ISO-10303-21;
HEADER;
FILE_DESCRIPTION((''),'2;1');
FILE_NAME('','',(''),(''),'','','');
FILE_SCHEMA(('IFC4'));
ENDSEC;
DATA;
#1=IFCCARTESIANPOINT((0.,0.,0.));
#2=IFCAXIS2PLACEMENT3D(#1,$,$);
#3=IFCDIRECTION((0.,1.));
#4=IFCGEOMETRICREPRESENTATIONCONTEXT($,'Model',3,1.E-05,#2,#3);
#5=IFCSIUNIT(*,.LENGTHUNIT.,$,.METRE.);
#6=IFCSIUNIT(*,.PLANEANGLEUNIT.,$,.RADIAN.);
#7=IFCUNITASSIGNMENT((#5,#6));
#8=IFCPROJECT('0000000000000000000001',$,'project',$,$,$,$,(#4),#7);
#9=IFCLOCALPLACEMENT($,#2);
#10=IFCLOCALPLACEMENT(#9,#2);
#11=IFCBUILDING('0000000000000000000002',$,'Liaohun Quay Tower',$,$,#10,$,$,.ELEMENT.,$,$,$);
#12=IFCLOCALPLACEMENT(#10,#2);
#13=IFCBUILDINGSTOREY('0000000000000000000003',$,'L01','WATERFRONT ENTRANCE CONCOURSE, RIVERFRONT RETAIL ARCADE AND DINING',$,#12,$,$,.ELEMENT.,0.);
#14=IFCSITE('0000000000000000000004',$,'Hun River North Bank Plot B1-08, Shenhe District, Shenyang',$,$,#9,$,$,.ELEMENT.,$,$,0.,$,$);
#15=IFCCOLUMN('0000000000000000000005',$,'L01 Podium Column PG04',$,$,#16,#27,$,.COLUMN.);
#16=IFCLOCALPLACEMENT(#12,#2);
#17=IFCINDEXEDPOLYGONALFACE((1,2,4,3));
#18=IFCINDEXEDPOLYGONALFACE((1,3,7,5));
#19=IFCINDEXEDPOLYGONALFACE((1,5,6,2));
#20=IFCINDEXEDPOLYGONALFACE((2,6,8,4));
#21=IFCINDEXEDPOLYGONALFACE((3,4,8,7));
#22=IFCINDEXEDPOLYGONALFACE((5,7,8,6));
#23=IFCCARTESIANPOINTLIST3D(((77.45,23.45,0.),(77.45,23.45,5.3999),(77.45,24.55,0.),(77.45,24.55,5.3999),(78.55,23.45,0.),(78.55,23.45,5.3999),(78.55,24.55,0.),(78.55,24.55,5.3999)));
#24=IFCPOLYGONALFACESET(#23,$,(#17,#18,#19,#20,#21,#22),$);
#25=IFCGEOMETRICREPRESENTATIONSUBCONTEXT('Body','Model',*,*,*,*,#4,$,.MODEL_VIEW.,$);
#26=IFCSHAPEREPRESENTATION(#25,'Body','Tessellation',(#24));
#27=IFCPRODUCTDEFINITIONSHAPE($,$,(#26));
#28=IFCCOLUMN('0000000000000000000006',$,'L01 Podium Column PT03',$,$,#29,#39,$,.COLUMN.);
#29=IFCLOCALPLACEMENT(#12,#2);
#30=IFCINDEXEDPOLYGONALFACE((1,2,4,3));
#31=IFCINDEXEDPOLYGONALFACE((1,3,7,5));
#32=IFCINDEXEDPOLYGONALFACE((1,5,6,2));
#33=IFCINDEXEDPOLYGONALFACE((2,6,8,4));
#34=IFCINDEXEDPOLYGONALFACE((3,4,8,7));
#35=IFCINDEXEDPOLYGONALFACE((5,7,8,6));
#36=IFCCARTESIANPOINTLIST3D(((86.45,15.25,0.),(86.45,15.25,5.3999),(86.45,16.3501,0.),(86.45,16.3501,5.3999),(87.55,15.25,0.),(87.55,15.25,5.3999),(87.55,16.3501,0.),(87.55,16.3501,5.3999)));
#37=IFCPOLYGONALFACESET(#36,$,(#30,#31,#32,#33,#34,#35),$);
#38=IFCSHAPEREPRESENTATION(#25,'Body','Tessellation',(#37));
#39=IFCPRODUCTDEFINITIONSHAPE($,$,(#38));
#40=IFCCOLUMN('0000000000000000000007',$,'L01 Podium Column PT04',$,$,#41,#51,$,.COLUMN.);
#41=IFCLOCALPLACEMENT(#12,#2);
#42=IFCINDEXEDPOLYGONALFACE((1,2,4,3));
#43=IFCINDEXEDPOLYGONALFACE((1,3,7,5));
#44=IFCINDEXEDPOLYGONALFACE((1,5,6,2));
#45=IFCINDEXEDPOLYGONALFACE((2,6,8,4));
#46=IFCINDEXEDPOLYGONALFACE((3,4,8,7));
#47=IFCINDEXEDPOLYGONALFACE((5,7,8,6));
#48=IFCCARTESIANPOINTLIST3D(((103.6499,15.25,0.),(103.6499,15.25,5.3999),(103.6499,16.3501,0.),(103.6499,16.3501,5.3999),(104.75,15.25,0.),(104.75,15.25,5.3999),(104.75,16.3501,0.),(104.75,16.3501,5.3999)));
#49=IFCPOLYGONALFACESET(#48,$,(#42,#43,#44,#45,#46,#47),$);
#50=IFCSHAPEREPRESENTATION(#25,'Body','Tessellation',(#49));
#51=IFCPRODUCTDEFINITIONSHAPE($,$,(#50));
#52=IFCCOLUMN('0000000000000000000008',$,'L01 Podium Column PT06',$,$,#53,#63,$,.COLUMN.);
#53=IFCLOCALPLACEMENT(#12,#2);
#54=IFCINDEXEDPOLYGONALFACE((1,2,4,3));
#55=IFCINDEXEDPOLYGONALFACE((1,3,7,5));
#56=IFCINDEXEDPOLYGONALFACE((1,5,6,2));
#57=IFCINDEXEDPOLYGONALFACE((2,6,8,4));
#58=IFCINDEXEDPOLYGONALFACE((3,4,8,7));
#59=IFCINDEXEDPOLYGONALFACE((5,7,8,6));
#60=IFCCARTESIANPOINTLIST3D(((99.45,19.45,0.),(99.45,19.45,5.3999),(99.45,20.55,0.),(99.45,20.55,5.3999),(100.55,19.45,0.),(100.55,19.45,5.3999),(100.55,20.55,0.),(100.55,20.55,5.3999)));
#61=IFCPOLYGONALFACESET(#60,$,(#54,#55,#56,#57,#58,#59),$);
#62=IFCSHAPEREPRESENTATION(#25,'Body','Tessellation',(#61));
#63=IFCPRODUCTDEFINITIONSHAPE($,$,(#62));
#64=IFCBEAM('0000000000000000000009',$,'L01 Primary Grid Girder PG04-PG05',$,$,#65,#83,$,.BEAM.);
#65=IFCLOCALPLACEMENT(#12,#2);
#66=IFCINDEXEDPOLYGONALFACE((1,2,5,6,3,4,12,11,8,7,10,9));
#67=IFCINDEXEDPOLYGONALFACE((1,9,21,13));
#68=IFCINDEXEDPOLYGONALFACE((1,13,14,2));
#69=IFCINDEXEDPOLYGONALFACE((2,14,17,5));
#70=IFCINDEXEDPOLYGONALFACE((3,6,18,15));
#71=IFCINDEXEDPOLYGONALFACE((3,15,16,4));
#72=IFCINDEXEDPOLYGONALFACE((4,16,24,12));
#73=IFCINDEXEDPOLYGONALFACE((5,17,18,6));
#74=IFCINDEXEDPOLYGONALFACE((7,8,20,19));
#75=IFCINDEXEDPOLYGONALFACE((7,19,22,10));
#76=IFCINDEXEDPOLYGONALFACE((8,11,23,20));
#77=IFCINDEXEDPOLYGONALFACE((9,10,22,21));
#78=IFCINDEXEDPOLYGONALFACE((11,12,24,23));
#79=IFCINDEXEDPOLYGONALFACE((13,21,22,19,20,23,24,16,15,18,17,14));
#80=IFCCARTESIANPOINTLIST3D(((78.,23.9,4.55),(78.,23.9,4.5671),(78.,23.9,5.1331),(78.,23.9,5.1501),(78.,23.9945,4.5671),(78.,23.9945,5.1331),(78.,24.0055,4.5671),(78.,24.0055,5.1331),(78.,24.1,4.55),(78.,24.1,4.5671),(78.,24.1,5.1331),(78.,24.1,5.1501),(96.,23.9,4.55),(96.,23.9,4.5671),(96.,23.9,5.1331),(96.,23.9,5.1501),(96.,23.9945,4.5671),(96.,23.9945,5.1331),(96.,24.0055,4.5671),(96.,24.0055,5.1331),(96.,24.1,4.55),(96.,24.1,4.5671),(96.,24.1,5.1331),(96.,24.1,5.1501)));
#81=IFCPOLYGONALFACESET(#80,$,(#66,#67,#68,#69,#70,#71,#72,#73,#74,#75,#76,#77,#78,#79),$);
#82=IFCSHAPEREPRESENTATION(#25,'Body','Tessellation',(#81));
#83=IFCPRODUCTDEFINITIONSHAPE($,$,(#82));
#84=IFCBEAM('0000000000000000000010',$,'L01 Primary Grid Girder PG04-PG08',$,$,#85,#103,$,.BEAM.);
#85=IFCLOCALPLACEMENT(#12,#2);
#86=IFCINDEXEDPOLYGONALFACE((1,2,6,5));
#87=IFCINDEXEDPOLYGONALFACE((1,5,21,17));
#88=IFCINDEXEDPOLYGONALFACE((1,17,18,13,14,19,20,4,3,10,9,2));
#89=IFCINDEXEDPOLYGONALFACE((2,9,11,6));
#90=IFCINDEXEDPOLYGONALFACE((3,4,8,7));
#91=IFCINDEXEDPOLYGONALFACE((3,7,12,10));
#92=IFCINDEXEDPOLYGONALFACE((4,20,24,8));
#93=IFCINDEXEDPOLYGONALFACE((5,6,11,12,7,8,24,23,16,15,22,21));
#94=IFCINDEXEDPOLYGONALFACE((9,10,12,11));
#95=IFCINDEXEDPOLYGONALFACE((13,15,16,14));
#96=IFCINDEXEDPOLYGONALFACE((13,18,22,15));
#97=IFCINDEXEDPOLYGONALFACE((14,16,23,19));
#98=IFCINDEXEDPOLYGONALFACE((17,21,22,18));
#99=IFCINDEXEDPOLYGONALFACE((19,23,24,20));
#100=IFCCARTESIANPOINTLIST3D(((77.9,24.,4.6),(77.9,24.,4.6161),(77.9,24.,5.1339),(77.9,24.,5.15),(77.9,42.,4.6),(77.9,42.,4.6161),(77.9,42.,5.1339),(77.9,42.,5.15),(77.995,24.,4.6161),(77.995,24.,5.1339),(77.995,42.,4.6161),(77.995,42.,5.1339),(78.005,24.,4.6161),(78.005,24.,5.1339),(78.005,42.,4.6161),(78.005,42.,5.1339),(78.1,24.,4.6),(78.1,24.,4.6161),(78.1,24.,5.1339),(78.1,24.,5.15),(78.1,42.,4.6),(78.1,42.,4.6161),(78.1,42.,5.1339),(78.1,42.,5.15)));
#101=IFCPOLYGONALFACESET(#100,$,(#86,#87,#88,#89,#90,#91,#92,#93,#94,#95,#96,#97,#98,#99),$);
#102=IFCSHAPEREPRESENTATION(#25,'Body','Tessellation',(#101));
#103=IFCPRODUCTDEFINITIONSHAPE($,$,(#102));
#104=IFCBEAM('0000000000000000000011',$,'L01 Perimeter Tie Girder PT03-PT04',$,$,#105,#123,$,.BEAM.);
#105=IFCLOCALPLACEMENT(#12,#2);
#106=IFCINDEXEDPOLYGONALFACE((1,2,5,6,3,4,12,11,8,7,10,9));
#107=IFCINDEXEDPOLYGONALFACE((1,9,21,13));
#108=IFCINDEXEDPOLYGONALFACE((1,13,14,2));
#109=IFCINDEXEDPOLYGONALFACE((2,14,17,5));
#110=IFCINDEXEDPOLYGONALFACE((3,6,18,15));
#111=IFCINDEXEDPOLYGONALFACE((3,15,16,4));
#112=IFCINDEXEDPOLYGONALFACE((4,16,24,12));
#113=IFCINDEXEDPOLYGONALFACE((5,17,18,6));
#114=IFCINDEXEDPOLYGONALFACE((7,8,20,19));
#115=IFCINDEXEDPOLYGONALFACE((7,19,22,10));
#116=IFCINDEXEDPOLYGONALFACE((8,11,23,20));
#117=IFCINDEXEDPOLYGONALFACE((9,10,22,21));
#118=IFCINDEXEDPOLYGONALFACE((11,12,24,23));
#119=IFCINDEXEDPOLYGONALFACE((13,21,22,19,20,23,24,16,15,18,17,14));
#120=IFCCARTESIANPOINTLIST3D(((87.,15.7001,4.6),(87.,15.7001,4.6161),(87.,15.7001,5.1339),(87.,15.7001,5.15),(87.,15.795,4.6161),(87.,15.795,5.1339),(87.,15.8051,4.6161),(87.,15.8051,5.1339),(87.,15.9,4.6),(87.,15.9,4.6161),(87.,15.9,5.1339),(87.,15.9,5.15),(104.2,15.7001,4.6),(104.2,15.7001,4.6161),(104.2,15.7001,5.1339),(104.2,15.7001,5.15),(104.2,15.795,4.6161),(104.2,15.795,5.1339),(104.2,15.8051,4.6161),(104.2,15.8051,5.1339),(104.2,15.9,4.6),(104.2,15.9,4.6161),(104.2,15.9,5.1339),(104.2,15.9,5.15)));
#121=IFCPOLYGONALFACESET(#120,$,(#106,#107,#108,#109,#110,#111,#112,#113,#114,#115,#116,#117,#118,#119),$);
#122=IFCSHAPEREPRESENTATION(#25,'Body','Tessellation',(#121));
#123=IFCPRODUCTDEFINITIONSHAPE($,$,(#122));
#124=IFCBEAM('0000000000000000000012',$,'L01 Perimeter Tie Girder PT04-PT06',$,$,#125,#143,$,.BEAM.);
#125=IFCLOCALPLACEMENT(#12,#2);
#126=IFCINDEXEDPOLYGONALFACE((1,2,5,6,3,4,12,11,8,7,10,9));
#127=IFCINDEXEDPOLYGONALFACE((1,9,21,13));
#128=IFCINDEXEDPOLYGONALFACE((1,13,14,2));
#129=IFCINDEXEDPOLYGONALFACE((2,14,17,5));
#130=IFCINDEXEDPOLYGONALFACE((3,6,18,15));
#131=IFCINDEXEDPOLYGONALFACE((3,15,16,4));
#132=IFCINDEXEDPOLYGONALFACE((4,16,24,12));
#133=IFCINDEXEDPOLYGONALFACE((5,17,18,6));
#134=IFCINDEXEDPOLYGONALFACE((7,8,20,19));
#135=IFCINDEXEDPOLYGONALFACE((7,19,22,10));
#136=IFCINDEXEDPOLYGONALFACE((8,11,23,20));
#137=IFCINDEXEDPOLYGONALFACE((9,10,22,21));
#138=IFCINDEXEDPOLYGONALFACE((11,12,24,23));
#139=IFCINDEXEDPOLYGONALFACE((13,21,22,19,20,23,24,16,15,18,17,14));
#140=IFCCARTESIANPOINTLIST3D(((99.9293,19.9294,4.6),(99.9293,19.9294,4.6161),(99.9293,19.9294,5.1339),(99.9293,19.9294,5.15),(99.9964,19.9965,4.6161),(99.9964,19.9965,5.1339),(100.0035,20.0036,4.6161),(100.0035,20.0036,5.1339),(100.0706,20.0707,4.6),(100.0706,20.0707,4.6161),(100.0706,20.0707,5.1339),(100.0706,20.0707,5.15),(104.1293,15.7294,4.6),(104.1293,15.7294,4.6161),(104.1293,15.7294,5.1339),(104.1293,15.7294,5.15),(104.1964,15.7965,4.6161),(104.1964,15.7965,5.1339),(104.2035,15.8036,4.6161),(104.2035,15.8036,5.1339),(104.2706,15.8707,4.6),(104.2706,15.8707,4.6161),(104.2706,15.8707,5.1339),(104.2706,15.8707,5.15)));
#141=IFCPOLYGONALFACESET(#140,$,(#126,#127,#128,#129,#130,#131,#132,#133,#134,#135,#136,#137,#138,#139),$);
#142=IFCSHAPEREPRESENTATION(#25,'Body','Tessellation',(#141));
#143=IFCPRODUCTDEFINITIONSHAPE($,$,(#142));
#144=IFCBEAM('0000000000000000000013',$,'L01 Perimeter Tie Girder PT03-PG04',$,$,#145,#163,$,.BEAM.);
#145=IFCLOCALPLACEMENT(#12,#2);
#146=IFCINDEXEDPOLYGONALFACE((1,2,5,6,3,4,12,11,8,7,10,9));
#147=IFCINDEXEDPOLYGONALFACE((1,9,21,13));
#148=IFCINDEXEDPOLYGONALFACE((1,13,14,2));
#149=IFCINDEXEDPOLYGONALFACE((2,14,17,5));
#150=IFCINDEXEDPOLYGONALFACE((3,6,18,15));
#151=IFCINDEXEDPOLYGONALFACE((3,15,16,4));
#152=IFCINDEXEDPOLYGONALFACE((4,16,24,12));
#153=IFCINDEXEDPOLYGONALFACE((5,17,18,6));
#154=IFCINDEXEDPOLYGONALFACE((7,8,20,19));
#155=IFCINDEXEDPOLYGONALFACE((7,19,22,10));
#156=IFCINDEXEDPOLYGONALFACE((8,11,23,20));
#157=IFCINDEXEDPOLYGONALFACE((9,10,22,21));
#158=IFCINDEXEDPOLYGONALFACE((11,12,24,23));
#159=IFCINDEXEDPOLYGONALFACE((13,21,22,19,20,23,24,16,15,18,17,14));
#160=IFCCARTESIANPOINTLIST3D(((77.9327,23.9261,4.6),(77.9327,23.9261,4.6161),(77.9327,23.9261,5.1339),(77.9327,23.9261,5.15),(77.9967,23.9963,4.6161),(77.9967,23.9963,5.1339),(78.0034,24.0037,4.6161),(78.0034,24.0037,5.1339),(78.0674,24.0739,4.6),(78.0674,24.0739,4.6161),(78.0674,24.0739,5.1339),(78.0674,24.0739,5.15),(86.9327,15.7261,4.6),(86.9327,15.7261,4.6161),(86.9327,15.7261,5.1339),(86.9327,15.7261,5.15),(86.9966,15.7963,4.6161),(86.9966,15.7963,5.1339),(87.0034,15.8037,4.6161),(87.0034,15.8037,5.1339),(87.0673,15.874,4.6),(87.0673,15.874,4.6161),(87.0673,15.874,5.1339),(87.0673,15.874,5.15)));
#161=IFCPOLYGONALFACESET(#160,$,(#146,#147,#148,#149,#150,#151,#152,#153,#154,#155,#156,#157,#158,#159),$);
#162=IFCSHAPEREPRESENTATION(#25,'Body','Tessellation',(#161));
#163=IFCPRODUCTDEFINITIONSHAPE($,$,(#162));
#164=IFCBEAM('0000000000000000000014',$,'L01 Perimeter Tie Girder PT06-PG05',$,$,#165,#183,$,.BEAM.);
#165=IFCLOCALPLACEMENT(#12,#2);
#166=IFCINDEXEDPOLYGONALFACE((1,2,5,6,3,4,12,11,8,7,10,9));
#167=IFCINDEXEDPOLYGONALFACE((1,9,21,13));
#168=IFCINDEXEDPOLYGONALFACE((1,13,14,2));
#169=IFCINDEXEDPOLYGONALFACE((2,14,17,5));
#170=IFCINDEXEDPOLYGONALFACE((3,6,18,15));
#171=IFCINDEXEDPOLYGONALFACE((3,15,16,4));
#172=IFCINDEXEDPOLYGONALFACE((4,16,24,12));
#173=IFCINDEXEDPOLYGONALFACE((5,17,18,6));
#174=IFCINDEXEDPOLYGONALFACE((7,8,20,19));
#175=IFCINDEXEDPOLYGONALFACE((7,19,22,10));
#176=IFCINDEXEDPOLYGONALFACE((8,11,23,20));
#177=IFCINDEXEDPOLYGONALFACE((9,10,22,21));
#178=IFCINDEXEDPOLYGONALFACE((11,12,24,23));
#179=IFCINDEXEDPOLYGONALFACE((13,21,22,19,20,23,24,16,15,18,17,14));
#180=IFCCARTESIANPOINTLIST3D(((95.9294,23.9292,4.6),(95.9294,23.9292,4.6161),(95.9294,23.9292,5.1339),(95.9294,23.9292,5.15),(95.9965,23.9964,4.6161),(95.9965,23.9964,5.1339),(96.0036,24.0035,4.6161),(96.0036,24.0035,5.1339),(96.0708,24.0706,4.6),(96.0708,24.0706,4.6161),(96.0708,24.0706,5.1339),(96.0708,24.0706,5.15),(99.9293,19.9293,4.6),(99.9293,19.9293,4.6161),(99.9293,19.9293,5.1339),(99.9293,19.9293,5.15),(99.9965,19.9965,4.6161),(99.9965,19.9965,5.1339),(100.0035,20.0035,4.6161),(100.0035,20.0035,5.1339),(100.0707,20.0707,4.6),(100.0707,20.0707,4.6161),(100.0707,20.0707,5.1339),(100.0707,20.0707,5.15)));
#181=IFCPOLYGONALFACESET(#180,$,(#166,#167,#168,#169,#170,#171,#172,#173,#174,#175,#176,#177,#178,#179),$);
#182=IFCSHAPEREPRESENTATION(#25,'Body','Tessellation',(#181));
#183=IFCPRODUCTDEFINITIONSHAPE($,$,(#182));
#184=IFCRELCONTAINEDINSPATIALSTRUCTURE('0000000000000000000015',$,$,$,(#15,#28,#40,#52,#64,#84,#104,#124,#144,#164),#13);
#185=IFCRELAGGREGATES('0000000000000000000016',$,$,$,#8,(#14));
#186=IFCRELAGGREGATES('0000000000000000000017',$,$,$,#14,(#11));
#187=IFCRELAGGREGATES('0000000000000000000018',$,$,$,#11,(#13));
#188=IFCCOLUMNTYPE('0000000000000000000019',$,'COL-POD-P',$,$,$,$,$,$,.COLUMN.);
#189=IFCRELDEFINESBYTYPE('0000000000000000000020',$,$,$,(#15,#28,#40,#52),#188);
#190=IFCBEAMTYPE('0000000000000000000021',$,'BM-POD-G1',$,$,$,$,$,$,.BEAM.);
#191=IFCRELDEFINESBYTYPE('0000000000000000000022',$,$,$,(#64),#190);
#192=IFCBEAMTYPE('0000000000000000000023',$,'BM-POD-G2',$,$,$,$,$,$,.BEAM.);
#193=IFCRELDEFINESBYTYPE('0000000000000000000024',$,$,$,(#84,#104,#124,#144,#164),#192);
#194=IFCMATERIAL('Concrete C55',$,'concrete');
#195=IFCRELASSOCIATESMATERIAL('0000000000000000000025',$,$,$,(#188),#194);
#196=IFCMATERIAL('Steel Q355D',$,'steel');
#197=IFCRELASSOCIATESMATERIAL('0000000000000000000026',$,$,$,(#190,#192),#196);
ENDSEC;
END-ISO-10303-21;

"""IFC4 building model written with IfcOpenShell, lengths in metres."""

from ifc_helpers import new_model, si_unit, direction, frame, origin, origin_2d, place, context, subcontext, project, spatial, rectangle, i_section, extrude, source, transform, mapped, material, material_profile, profile_set, type_object, element, save


model = new_model("IFC4")

# Units and contexts
model_context = context("Model", 3, precision=1e-05, world=origin(), true_north=direction((0.0, 1.0)))
body_context = subcontext(model_context, "Body", "Model", "MODEL_VIEW")
ifc_project = project(units=[si_unit("LENGTHUNIT", "METRE"), si_unit("PLANEANGLEUNIT", "RADIAN")], contexts=[model_context])

# Site, building, storey
site_placement = place(None, origin())
site = spatial("IfcSite", under=ifc_project, at=site_placement, Name="Hun River North Bank Plot B1-08, Shenhe District, Shenyang", CompositionType="ELEMENT", RefElevation=0.0)
building_placement = place(site_placement, origin())
building = spatial("IfcBuilding", under=site, at=building_placement, Name="Liaohun Quay Tower", CompositionType="ELEMENT")
storey_placement = place(building_placement, origin())
storey = spatial("IfcBuildingStorey", under=building, at=storey_placement, Name="L01", Description="WATERFRONT ENTRANCE CONCOURSE, RIVERFRONT RETAIL ARCADE AND DINING", CompositionType="ELEMENT", Elevation=0.0)

# Columns
ifc_material_1 = material(Name="Concrete C55", Category="concrete")
ifc_material_profile_1 = material_profile(ifc_material_1, rectangle(XDim=1.1001, YDim=1.1001, at=origin_2d()), Name="RC1100x1100")
ifc_profile_set_1 = profile_set([ifc_material_profile_1], Name="Concrete C55")
column_type = type_object("IfcColumnType", Name="COL-POD-P", PredefinedType="COLUMN", material=ifc_profile_set_1)
shared_shape_1 = source(origin(), body_context, "Body", "SweptSolid", [
    extrude(rectangle(XDim=1.1001, YDim=1.1001, at=origin_2d()), origin(), (0.0, 0.0, 1.0), 5.3999),
])
for number, where, z_axis, x_axis, name in (
    (1, (78.0, 24.0, 0.0), (0.0, 0.0, 1.0), (1.0, 0.0, 0.0), "L01 Podium Column PG04"),
    (2, (87.0, 15.8, 0.0), (0.0, 0.0, 1.0), (1.0, 0.0, 0.0), "L01 Podium Column PT03"),
    (3, (104.2, 15.8, 0.0), (0.0, 0.0, 1.0), (1.0, 0.0, 0.0), "L01 Podium Column PT04"),
    (4, (100.0, 20.0, 0.0), (0.0, 0.0, 1.0), (1.0, 0.0, 0.0), "L01 Podium Column PT06"),
):
    element("IfcColumn", number, at=place(storey_placement, frame(where, z_axis=z_axis, x_axis=x_axis)), inside=storey, type_object=column_type, Name=name, PredefinedType="COLUMN", context=body_context, shape_type="MappedRepresentation", body=[
        mapped(shared_shape_1, transform((0.0, 0.0, 0.0), x_axis=(1.0, 0.0, 0.0), y_axis=(0.0, 1.0, 0.0), z_axis=(0.0, 0.0, 1.0), scale=1.0)),
    ])

# Beams
ifc_material_2 = material(Name="Steel Q355D", Category="steel")
ifc_material_profile_2 = material_profile(ifc_material_2, i_section(OverallWidth=0.2, OverallDepth=0.6001, WebThickness=0.011, FlangeThickness=0.0171, at=origin_2d()), Name="HN600x200x11x17")
ifc_profile_set_2 = profile_set([ifc_material_profile_2], Name="Steel Q355D")
beam_type_1 = type_object("IfcBeamType", Name="BM-POD-G1", PredefinedType="BEAM", material=ifc_profile_set_2)
shared_shape_2 = source(origin(), body_context, "Body", "SweptSolid", [
    extrude(i_section(OverallWidth=0.2, OverallDepth=0.6001, WebThickness=0.011, FlangeThickness=0.0171, at=origin_2d()), origin(), (0.0, 0.0, 1.0), 18.0),
])
beam_1_placement = place(storey_placement, frame((78.0, 24.0, 4.8501), z_axis=(1.0, 0.0, 0.0), x_axis=(0.0, 1.0, 0.0)))
element("IfcBeam", 5, at=beam_1_placement, inside=storey, type_object=beam_type_1, Name="L01 Primary Grid Girder PG04-PG05", PredefinedType="BEAM", context=body_context, shape_type="MappedRepresentation", body=[
    mapped(shared_shape_2, transform((0.0, 0.0, 0.0), x_axis=(1.0, 0.0, 0.0), y_axis=(0.0, 1.0, 0.0), z_axis=(0.0, 0.0, 1.0), scale=1.0)),
])
ifc_material_profile_3 = material_profile(ifc_material_2, i_section(OverallWidth=0.2, OverallDepth=0.55, WebThickness=0.01, FlangeThickness=0.0161, at=origin_2d()), Name="HN550x200x10x16")
ifc_profile_set_3 = profile_set([ifc_material_profile_3], Name="Steel Q355D")
beam_type_2 = type_object("IfcBeamType", Name="BM-POD-G2", PredefinedType="BEAM", material=ifc_profile_set_3)
shared_shape_3 = source(origin(), body_context, "Body", "SweptSolid", [
    extrude(i_section(OverallWidth=0.2, OverallDepth=0.55, WebThickness=0.01, FlangeThickness=0.0161, at=origin_2d()), origin(), (0.0, 0.0, 1.0), 18.0),
])
beam_2_placement = place(storey_placement, frame((78.0, 24.0, 4.875), z_axis=(0.0, 1.0, 0.0), x_axis=(-1.0, 0.0, 0.0)))
element("IfcBeam", 6, at=beam_2_placement, inside=storey, type_object=beam_type_2, Name="L01 Primary Grid Girder PG04-PG08", PredefinedType="BEAM", context=body_context, shape_type="MappedRepresentation", body=[
    mapped(shared_shape_3, transform((0.0, 0.0, 0.0), x_axis=(1.0, 0.0, 0.0), y_axis=(0.0, 1.0, 0.0), z_axis=(0.0, 0.0, 1.0), scale=1.0)),
])
shared_shape_4 = source(origin(), body_context, "Body", "SweptSolid", [
    extrude(i_section(OverallWidth=0.2, OverallDepth=0.55, WebThickness=0.01, FlangeThickness=0.0161, at=origin_2d()), origin(), (0.0, 0.0, 1.0), 17.2),
])
beam_3_placement = place(storey_placement, frame((87.0, 15.8, 4.875), z_axis=(1.0, 0.0, 0.0), x_axis=(0.0, 1.0, 0.0)))
element("IfcBeam", 7, at=beam_3_placement, inside=storey, type_object=beam_type_2, Name="L01 Perimeter Tie Girder PT03-PT04", PredefinedType="BEAM", context=body_context, shape_type="MappedRepresentation", body=[
    mapped(shared_shape_4, transform((0.0, 0.0, 0.0), x_axis=(1.0, 0.0, 0.0), y_axis=(0.0, 1.0, 0.0), z_axis=(0.0, 0.0, 1.0), scale=1.0)),
])
shared_shape_5 = source(origin(), body_context, "Body", "SweptSolid", [
    extrude(i_section(OverallWidth=0.2, OverallDepth=0.55, WebThickness=0.01, FlangeThickness=0.0161, at=origin_2d()), origin(), (0.0, 0.0, 1.0), 5.9397),
])
beam_4_placement = place(storey_placement, frame((104.2, 15.8, 4.875), z_axis=(-0.707107, 0.707107, 0.0), x_axis=(-0.707107, -0.707107, 0.0)))
element("IfcBeam", 8, at=beam_4_placement, inside=storey, type_object=beam_type_2, Name="L01 Perimeter Tie Girder PT04-PT06", PredefinedType="BEAM", context=body_context, shape_type="MappedRepresentation", body=[
    mapped(shared_shape_5, transform((0.0, 0.0, 0.0), x_axis=(1.0, 0.0, 0.0), y_axis=(0.0, 1.0, 0.0), z_axis=(0.0, 0.0, 1.0), scale=1.0)),
])
shared_shape_6 = source(origin(), body_context, "Body", "SweptSolid", [
    extrude(i_section(OverallWidth=0.2, OverallDepth=0.55, WebThickness=0.01, FlangeThickness=0.0161, at=origin_2d()), origin(), (0.0, 0.0, 1.0), 12.1753),
])
beam_5_placement = place(storey_placement, frame((87.0, 15.8, 4.875), z_axis=(-0.739198, 0.673488, 0.0), x_axis=(-0.673488, -0.739198, 0.0)))
element("IfcBeam", 9, at=beam_5_placement, inside=storey, type_object=beam_type_2, Name="L01 Perimeter Tie Girder PT03-PG04", PredefinedType="BEAM", context=body_context, shape_type="MappedRepresentation", body=[
    mapped(shared_shape_6, transform((0.0, 0.0, 0.0), x_axis=(1.0, 0.0, 0.0), y_axis=(0.0, 1.0, 0.0), z_axis=(0.0, 0.0, 1.0), scale=1.0)),
])
shared_shape_7 = source(origin(), body_context, "Body", "SweptSolid", [
    extrude(i_section(OverallWidth=0.2, OverallDepth=0.55, WebThickness=0.01, FlangeThickness=0.0161, at=origin_2d()), origin(), (0.0, 0.0, 1.0), 5.6567),
])
beam_6_placement = place(storey_placement, frame((100.0, 20.0, 4.875), z_axis=(-0.707107, 0.707107, 0.0), x_axis=(-0.707107, -0.707107, 0.0)))
element("IfcBeam", 10, at=beam_6_placement, inside=storey, type_object=beam_type_2, Name="L01 Perimeter Tie Girder PT06-PG05", PredefinedType="BEAM", context=body_context, shape_type="MappedRepresentation", body=[
    mapped(shared_shape_7, transform((0.0, 0.0, 0.0), x_axis=(1.0, 0.0, 0.0), y_axis=(0.0, 1.0, 0.0), z_axis=(0.0, 0.0, 1.0), scale=1.0)),
])

save(model, "model.ifc")
